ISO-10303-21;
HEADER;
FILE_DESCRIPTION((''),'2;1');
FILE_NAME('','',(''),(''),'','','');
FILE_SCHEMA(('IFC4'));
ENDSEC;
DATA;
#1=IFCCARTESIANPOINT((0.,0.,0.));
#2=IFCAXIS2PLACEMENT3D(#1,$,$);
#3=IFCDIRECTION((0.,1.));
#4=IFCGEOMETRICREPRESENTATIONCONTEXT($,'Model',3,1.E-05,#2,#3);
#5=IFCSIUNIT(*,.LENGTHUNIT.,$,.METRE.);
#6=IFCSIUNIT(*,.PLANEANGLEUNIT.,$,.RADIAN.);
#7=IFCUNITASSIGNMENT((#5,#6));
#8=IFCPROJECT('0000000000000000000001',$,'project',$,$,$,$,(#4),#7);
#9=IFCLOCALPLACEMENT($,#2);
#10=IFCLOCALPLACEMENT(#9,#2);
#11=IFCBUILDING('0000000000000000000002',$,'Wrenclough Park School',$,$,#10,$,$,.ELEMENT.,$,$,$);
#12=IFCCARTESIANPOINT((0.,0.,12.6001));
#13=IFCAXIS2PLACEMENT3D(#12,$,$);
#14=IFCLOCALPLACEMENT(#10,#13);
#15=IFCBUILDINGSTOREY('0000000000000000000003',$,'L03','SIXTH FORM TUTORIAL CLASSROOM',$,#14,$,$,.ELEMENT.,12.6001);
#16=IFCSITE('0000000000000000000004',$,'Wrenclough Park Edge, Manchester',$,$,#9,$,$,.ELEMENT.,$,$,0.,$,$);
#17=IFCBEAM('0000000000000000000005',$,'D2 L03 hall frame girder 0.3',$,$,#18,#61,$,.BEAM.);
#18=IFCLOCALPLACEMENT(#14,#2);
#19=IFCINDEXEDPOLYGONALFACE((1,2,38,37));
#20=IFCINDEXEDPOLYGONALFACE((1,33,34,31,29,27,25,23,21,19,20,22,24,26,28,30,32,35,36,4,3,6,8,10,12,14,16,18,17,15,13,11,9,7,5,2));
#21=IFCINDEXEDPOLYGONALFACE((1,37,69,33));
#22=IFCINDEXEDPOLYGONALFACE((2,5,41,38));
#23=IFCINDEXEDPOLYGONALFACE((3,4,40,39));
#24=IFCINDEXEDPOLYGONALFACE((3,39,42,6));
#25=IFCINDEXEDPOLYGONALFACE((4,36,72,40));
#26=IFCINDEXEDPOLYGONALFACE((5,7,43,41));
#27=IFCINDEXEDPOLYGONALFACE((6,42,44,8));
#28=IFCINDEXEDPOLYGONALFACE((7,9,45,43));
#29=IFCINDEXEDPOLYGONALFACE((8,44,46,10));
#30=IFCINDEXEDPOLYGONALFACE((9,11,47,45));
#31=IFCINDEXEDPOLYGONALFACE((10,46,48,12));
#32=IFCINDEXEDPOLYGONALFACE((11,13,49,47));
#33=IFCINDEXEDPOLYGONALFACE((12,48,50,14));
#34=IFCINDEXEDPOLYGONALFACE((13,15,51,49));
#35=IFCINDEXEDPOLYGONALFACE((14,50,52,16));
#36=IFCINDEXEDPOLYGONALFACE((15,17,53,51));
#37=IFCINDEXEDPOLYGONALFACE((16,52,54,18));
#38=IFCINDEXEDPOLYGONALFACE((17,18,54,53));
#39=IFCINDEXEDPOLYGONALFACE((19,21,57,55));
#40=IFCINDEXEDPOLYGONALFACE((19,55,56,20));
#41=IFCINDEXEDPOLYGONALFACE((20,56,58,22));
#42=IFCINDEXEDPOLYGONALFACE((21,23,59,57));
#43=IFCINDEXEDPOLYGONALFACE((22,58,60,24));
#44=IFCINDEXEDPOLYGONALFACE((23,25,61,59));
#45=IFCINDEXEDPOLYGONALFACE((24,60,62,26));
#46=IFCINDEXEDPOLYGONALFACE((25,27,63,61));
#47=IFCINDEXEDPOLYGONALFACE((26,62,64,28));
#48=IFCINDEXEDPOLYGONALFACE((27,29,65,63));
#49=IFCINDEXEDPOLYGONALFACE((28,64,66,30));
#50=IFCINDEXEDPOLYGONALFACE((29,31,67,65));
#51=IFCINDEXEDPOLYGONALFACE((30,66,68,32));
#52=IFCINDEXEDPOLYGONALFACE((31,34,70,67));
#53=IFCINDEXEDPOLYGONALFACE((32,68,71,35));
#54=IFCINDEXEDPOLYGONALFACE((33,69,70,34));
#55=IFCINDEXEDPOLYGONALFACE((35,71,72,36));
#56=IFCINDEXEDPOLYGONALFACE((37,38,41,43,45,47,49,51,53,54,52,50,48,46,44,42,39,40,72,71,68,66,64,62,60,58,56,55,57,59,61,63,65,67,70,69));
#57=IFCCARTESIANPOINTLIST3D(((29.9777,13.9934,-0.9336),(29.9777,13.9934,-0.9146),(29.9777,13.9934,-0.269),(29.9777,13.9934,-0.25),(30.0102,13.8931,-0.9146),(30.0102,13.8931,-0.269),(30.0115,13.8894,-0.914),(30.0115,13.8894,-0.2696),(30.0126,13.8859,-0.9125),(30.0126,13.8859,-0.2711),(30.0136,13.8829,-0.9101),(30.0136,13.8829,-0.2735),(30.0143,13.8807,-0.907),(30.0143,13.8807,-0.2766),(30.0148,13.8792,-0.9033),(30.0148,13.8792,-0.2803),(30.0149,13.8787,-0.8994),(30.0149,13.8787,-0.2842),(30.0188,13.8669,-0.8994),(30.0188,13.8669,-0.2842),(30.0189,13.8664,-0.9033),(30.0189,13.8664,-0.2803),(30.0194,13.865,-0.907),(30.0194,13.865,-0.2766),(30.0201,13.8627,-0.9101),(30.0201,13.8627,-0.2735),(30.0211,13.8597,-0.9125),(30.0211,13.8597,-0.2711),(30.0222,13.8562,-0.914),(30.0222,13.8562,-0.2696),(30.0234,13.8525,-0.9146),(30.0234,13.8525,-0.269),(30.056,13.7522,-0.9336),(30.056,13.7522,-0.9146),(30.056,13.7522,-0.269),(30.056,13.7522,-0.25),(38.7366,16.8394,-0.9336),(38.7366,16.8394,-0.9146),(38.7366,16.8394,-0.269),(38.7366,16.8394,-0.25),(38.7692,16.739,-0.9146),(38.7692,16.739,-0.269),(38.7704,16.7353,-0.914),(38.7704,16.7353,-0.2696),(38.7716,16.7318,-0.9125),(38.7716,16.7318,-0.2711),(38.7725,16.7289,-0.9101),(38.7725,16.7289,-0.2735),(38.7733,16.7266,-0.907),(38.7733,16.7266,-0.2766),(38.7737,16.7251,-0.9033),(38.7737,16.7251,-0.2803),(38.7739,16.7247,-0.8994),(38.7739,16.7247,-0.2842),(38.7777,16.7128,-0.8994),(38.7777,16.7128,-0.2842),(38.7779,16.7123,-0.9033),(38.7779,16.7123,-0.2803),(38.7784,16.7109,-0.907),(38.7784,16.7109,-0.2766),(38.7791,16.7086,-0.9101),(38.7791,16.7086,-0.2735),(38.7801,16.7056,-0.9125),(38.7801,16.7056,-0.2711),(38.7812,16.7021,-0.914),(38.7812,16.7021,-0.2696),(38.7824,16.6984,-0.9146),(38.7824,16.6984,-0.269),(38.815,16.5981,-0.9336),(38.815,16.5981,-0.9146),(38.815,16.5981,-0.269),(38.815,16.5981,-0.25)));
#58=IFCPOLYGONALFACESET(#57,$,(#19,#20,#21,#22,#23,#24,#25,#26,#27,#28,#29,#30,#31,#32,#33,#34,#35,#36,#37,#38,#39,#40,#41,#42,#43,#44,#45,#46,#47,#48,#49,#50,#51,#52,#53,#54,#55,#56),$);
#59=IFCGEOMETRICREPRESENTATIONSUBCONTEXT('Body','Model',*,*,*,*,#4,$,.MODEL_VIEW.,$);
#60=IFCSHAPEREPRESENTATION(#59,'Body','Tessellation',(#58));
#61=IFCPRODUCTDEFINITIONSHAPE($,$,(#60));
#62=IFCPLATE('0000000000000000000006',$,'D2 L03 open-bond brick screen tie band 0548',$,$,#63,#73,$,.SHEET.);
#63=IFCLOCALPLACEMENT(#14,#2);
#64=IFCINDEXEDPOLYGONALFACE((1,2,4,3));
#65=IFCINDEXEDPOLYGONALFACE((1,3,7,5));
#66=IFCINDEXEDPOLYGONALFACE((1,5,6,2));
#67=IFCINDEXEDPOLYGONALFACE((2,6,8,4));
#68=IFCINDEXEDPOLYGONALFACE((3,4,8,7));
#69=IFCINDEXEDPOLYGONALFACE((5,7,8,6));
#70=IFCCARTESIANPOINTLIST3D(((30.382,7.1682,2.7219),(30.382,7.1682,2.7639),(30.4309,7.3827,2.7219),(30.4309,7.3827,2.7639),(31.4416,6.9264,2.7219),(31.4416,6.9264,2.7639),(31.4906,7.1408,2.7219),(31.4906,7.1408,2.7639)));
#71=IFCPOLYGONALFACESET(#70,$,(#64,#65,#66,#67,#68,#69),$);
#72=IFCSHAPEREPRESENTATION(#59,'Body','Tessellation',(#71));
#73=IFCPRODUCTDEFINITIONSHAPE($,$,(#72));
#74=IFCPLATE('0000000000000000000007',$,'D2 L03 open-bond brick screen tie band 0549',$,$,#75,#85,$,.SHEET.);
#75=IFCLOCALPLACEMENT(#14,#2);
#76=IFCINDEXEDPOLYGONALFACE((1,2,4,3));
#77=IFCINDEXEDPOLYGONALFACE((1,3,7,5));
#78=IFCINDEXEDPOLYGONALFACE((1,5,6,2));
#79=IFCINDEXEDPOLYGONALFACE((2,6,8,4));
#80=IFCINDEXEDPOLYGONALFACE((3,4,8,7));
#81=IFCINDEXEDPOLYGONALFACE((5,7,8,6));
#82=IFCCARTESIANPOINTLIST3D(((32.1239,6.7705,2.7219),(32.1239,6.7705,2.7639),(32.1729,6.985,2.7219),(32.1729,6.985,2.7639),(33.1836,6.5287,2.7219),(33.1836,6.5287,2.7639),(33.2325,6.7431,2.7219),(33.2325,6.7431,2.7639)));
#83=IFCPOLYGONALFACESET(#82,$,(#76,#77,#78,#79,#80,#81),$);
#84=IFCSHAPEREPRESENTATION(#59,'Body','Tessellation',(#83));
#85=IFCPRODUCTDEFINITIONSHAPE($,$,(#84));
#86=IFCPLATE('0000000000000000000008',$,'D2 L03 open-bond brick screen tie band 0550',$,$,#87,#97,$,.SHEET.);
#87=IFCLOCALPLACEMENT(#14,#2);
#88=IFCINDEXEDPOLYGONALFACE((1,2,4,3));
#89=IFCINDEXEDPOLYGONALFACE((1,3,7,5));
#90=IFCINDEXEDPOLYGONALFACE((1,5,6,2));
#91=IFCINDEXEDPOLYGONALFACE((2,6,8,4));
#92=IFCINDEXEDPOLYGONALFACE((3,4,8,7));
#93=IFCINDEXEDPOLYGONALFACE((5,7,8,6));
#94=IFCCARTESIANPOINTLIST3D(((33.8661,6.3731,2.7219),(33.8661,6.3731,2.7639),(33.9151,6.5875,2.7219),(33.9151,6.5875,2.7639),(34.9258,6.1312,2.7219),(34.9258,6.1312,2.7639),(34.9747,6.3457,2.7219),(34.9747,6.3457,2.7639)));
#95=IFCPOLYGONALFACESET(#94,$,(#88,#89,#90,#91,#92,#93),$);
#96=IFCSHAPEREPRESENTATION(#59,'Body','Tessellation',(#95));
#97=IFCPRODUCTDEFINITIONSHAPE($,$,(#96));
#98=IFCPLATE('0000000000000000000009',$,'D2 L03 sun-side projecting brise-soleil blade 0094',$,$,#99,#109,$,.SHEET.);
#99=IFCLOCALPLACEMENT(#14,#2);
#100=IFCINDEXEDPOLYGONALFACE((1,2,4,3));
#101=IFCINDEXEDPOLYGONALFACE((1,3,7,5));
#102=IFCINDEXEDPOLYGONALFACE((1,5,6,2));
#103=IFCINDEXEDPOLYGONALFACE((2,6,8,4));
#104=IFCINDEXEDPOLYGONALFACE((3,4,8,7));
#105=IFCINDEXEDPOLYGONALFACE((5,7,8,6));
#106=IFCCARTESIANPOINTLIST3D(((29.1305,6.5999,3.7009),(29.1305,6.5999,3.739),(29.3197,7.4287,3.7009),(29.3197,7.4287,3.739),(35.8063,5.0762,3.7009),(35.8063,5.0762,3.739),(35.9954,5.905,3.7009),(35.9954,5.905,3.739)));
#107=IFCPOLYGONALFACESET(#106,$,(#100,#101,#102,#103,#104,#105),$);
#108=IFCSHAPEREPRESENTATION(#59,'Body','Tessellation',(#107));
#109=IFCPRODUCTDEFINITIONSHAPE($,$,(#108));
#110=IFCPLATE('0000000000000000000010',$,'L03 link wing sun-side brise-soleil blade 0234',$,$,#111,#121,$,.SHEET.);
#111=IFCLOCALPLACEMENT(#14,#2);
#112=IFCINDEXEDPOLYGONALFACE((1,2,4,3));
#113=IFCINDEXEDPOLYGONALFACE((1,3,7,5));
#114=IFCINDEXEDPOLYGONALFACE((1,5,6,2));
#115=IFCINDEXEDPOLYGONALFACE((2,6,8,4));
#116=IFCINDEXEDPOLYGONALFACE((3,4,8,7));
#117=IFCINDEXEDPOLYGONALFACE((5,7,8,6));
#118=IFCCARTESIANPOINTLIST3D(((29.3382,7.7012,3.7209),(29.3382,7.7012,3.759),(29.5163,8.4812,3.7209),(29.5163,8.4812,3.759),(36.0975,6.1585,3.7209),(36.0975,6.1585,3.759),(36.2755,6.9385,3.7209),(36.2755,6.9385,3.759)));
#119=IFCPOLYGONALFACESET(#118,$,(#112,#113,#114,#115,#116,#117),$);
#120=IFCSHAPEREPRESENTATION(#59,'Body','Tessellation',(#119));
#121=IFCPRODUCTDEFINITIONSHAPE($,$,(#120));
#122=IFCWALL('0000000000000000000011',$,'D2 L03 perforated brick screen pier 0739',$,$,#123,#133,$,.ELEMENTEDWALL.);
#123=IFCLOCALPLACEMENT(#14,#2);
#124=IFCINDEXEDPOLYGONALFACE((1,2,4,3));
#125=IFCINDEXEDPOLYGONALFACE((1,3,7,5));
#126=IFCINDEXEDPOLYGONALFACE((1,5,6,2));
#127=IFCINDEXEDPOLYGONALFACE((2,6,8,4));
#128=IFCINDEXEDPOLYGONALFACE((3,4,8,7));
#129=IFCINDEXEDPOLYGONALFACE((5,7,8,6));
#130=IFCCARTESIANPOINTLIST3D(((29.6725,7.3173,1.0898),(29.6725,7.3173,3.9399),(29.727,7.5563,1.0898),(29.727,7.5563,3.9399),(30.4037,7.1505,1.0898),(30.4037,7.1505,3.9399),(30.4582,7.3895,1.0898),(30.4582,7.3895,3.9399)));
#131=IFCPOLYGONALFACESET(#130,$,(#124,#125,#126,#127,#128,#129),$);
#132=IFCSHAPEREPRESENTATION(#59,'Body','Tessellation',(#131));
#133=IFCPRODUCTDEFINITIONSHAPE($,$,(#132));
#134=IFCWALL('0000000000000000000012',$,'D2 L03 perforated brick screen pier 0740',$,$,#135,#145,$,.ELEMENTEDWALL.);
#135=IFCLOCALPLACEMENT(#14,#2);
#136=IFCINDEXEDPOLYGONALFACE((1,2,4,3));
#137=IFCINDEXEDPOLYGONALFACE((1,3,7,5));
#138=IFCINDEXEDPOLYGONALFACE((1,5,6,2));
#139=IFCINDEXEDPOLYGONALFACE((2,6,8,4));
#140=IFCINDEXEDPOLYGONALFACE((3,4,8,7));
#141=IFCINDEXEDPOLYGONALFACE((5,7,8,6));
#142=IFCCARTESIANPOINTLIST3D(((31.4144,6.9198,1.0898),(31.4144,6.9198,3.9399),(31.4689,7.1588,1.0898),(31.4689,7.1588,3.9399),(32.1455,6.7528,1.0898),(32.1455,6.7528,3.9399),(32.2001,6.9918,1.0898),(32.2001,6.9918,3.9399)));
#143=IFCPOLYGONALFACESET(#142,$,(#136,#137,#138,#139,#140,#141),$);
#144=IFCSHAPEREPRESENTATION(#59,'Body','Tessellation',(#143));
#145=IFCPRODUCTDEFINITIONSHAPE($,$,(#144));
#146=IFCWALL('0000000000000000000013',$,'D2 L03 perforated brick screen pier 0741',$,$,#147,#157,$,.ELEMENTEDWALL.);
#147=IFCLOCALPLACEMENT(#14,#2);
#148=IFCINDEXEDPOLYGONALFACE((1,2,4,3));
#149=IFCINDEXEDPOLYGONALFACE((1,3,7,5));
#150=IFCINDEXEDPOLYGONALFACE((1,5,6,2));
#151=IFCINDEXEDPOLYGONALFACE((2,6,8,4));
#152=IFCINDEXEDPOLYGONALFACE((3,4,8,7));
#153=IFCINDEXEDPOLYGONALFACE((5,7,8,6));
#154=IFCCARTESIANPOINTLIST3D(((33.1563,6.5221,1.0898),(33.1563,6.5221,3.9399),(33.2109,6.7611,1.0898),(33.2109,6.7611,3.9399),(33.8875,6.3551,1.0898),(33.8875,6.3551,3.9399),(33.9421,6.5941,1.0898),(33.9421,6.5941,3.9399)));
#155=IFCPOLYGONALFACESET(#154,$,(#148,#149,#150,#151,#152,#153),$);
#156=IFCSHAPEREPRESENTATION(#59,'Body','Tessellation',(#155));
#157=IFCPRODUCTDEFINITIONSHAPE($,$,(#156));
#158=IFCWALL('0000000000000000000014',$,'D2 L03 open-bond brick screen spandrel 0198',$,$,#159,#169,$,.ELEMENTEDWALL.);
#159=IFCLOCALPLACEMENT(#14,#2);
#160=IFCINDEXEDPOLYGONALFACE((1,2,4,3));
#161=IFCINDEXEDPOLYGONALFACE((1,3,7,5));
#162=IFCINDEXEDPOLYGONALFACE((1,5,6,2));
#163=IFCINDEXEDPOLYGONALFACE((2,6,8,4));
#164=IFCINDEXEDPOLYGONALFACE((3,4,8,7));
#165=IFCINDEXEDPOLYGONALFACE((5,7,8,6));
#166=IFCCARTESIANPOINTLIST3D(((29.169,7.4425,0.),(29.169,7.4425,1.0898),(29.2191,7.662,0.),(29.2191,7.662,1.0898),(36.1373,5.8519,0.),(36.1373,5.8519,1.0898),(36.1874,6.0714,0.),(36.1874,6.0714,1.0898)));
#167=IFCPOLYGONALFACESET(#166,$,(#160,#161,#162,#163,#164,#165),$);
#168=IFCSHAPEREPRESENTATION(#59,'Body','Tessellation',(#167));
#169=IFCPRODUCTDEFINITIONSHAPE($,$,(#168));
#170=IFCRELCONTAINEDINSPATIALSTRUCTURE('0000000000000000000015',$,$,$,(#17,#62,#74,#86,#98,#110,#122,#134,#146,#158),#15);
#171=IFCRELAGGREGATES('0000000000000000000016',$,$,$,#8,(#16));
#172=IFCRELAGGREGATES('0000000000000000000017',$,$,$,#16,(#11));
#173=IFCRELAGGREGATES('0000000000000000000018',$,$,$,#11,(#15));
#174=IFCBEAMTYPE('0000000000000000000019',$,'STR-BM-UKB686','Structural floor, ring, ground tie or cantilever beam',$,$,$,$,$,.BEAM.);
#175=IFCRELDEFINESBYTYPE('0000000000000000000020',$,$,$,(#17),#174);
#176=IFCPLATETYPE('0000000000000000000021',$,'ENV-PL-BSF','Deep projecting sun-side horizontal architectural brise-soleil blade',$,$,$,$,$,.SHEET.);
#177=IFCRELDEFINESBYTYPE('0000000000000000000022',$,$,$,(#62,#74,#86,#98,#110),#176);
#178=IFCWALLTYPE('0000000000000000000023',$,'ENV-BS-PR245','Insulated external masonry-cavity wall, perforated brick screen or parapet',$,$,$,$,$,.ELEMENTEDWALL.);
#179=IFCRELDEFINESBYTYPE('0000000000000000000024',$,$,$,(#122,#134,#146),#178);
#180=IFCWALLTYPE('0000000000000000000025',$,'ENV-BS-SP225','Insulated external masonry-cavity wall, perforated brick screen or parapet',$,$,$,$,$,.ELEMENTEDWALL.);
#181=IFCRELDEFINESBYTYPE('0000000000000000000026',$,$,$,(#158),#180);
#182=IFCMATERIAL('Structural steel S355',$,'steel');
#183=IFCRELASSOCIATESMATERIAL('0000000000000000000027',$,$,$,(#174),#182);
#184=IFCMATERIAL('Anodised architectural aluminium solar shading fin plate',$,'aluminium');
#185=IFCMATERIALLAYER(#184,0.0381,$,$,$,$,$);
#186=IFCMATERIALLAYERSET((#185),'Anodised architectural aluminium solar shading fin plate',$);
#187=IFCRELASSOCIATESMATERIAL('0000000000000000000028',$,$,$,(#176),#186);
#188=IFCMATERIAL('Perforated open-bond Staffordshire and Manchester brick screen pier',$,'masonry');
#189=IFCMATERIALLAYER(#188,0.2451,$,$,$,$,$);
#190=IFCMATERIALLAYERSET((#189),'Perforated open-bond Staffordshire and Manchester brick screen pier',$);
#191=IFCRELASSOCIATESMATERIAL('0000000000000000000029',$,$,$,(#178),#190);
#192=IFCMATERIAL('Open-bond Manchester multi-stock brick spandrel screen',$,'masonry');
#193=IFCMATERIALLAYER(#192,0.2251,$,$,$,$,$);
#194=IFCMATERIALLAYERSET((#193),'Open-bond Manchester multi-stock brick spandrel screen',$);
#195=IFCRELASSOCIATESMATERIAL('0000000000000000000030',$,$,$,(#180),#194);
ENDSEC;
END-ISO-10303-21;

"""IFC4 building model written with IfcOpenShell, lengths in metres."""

from ifc_helpers import new_model, si_unit, direction, frame, frame_2d, origin, origin_2d, place, context, subcontext, project, spatial, rectangle, i_section, extrude, material, layer, layer_set, material_profile, profile_set, type_object, element, save


model = new_model("IFC4")

# Units and contexts
model_context = context("Model", 3, precision=1e-05, world=origin(), true_north=direction((0.0, 1.0)))
body_context = subcontext(model_context, "Body", "Model", "MODEL_VIEW")
ifc_project = project(units=[si_unit("LENGTHUNIT", "METRE"), si_unit("PLANEANGLEUNIT", "RADIAN")], contexts=[model_context])

# Site, building, storey
site_placement = place(None, origin())
site = spatial("IfcSite", under=ifc_project, at=site_placement, Name="Wrenclough Park Edge, Manchester", CompositionType="ELEMENT", RefElevation=0.0)
building_placement = place(site_placement, origin())
building = spatial("IfcBuilding", under=site, at=building_placement, Name="Wrenclough Park School", CompositionType="ELEMENT")
storey_placement = place(building_placement, frame((0.0, 0.0, 12.6001)))
storey = spatial("IfcBuildingStorey", under=building, at=storey_placement, Name="L03", Description="SIXTH FORM TUTORIAL CLASSROOM", CompositionType="ELEMENT", Elevation=12.6001)

# Shared definitions
ifc_material_1 = material(Name="Structural steel S355", Category="steel")

# Beam
ifc_material_profile_1 = material_profile(ifc_material_1, i_section(OverallWidth=0.2537, OverallDepth=0.6836, WebThickness=0.0125, FlangeThickness=0.019, FilletRadius=0.0151, at=origin_2d()), Name="UKB 686x254x140")
ifc_profile_set_1 = profile_set([ifc_material_profile_1], Name="Structural steel S355")
beam_type_1 = type_object("IfcBeamType", Name="STR-BM-UKB686", Description="Structural floor, ring, ground tie or cantilever beam", PredefinedType="BEAM", material=ifc_profile_set_1)
beam_1_placement = place(storey_placement, frame((30.0168, 13.8728, -0.5918), z_axis=(0.951058, 0.309014, 0.0), x_axis=(-0.309014, 0.951058, 0.0)))
element("IfcBeam", 1, at=beam_1_placement, inside=storey, type_object=beam_type_1, Name="D2 L03 hall frame girder 0.3", PredefinedType="BEAM", context=body_context, shape_type="SweptSolid", body=[
    extrude(i_section(OverallWidth=0.2537, OverallDepth=0.6836, WebThickness=0.0125, FlangeThickness=0.019, FilletRadius=0.0151, at=origin_2d()), origin(), (0.0, 0.0, 1.0), 9.2097),
])

# Plates
ifc_material_2 = material(Name="Anodised architectural aluminium solar shading fin plate", Category="aluminium")
ifc_layer_1 = layer(ifc_material_2, 0.0381)
ifc_layer_set_1 = layer_set([ifc_layer_1], Name="Anodised architectural aluminium solar shading fin plate")
plate_type = type_object("IfcPlateType", Name="ENV-PL-BSF", Description="Deep projecting sun-side horizontal architectural brise-soleil blade", PredefinedType="SHEET", material=ifc_layer_set_1)
for number, where, z_axis, x_axis, name in (
    (2, (30.9363, 7.1545, 2.7219), (0.0, 0.0, 1.0), (0.974926, -0.222528, 0.0), "D2 L03 open-bond brick screen tie band 0548"),
    (3, (32.6782, 6.7568, 2.7219), (0.0, 0.0, 1.0), (0.974926, -0.222528, 0.0), "D2 L03 open-bond brick screen tie band 0549"),
    (4, (34.4204, 6.3594, 2.7219), (0.0, 0.0, 1.0), (0.974926, -0.222528, 0.0), "D2 L03 open-bond brick screen tie band 0550"),
):
    element("IfcPlate", number, at=place(storey_placement, frame(where, z_axis=z_axis, x_axis=x_axis)), inside=storey, type_object=plate_type, Name=name, PredefinedType="SHEET", context=body_context, shape_type="SweptSolid", body=[
        extrude(rectangle(XDim=1.0869, YDim=0.22, at=origin_2d()), origin(), (0.0, 0.0, 1.0), 0.042),
    ])
plate_1_placement = place(storey_placement, frame((32.563, 6.2524, 3.7009), z_axis=(0.0, 0.0, 1.0), x_axis=(0.974926, -0.222528, 0.0)))
element("IfcPlate", 5, at=plate_1_placement, inside=storey, type_object=plate_type, Name="D2 L03 sun-side projecting brise-soleil blade 0094", PredefinedType="SHEET", context=body_context, shape_type="SweptSolid", body=[
    extrude(rectangle(XDim=6.8474, YDim=0.8501, at=origin_2d()), origin(), (0.0, 0.0, 1.0), 0.0381),
])
plate_2_placement = place(storey_placement, frame((32.8069, 7.3198, 3.7209), z_axis=(0.0, 0.0, 1.0), x_axis=(-0.97493, 0.222513, 0.0)))
element("IfcPlate", 6, at=plate_2_placement, inside=storey, type_object=plate_type, Name="L03 link wing sun-side brise-soleil blade 0234", PredefinedType="SHEET", context=body_context, shape_type="SweptSolid", body=[
    extrude(rectangle(XDim=6.9331, YDim=0.8, at=origin_2d()), origin(), (0.0, 0.0, 1.0), 0.0381),
])

# Walls
ifc_material_3 = material(Name="Perforated open-bond Staffordshire and Manchester brick screen pier", Category="masonry")
ifc_layer_2 = layer(ifc_material_3, 0.2451)
ifc_layer_set_2 = layer_set([ifc_layer_2], Name="Perforated open-bond Staffordshire and Manchester brick screen pier")
wall_type_1 = type_object("IfcWallType", Name="ENV-BS-PR245", Description="Insulated external masonry-cavity wall, perforated brick screen or parapet", PredefinedType="ELEMENTEDWALL", material=ifc_layer_set_2)
for number, where, z_axis, x_axis, name in (
    (7, (29.6997, 7.4368, 1.0898), (0.0, 0.0, 1.0), (0.97497, -0.222339, 0.0), "D2 L03 perforated brick screen pier 0739"),
    (8, (31.4417, 7.0393, 1.0898), (0.0, 0.0, 1.0), (0.974899, -0.222648, 0.0), "D2 L03 perforated brick screen pier 0740"),
    (9, (33.1836, 6.6416, 1.0898), (0.0, 0.0, 1.0), (0.974899, -0.222648, 0.0), "D2 L03 perforated brick screen pier 0741"),
):
    element("IfcWall", number, at=place(storey_placement, frame(where, z_axis=z_axis, x_axis=x_axis)), inside=storey, type_object=wall_type_1, Name=name, PredefinedType="ELEMENTEDWALL", context=body_context, shape_type="SweptSolid", body=[
        extrude(rectangle(XDim=0.75, YDim=0.2451, at=frame_2d((0.375, 0.0))), origin(), (0.0, 0.0, 1.0), 2.8501),
    ])
ifc_material_4 = material(Name="Open-bond Manchester multi-stock brick spandrel screen", Category="masonry")
ifc_layer_3 = layer(ifc_material_4, 0.2251)
ifc_layer_set_3 = layer_set([ifc_layer_3], Name="Open-bond Manchester multi-stock brick spandrel screen")
wall_type_2 = type_object("IfcWallType", Name="ENV-BS-SP225", Description="Insulated external masonry-cavity wall, perforated brick screen or parapet", PredefinedType="ELEMENTEDWALL", material=ifc_layer_set_3)
wall_1_placement = place(storey_placement, frame((29.1941, 7.5522, 0.0), z_axis=(0.0, 0.0, 1.0), x_axis=(0.974924, -0.222536, 0.0)))
element("IfcWall", 10, at=wall_1_placement, inside=storey, type_object=wall_type_2, Name="D2 L03 open-bond brick screen spandrel 0198", PredefinedType="ELEMENTEDWALL", context=body_context, shape_type="SweptSolid", body=[
    extrude(rectangle(XDim=7.1475, YDim=0.2251, at=frame_2d((3.5737, 0.0))), origin(), (0.0, 0.0, 1.0), 1.0898),
])

save(model, "model.ifc")
